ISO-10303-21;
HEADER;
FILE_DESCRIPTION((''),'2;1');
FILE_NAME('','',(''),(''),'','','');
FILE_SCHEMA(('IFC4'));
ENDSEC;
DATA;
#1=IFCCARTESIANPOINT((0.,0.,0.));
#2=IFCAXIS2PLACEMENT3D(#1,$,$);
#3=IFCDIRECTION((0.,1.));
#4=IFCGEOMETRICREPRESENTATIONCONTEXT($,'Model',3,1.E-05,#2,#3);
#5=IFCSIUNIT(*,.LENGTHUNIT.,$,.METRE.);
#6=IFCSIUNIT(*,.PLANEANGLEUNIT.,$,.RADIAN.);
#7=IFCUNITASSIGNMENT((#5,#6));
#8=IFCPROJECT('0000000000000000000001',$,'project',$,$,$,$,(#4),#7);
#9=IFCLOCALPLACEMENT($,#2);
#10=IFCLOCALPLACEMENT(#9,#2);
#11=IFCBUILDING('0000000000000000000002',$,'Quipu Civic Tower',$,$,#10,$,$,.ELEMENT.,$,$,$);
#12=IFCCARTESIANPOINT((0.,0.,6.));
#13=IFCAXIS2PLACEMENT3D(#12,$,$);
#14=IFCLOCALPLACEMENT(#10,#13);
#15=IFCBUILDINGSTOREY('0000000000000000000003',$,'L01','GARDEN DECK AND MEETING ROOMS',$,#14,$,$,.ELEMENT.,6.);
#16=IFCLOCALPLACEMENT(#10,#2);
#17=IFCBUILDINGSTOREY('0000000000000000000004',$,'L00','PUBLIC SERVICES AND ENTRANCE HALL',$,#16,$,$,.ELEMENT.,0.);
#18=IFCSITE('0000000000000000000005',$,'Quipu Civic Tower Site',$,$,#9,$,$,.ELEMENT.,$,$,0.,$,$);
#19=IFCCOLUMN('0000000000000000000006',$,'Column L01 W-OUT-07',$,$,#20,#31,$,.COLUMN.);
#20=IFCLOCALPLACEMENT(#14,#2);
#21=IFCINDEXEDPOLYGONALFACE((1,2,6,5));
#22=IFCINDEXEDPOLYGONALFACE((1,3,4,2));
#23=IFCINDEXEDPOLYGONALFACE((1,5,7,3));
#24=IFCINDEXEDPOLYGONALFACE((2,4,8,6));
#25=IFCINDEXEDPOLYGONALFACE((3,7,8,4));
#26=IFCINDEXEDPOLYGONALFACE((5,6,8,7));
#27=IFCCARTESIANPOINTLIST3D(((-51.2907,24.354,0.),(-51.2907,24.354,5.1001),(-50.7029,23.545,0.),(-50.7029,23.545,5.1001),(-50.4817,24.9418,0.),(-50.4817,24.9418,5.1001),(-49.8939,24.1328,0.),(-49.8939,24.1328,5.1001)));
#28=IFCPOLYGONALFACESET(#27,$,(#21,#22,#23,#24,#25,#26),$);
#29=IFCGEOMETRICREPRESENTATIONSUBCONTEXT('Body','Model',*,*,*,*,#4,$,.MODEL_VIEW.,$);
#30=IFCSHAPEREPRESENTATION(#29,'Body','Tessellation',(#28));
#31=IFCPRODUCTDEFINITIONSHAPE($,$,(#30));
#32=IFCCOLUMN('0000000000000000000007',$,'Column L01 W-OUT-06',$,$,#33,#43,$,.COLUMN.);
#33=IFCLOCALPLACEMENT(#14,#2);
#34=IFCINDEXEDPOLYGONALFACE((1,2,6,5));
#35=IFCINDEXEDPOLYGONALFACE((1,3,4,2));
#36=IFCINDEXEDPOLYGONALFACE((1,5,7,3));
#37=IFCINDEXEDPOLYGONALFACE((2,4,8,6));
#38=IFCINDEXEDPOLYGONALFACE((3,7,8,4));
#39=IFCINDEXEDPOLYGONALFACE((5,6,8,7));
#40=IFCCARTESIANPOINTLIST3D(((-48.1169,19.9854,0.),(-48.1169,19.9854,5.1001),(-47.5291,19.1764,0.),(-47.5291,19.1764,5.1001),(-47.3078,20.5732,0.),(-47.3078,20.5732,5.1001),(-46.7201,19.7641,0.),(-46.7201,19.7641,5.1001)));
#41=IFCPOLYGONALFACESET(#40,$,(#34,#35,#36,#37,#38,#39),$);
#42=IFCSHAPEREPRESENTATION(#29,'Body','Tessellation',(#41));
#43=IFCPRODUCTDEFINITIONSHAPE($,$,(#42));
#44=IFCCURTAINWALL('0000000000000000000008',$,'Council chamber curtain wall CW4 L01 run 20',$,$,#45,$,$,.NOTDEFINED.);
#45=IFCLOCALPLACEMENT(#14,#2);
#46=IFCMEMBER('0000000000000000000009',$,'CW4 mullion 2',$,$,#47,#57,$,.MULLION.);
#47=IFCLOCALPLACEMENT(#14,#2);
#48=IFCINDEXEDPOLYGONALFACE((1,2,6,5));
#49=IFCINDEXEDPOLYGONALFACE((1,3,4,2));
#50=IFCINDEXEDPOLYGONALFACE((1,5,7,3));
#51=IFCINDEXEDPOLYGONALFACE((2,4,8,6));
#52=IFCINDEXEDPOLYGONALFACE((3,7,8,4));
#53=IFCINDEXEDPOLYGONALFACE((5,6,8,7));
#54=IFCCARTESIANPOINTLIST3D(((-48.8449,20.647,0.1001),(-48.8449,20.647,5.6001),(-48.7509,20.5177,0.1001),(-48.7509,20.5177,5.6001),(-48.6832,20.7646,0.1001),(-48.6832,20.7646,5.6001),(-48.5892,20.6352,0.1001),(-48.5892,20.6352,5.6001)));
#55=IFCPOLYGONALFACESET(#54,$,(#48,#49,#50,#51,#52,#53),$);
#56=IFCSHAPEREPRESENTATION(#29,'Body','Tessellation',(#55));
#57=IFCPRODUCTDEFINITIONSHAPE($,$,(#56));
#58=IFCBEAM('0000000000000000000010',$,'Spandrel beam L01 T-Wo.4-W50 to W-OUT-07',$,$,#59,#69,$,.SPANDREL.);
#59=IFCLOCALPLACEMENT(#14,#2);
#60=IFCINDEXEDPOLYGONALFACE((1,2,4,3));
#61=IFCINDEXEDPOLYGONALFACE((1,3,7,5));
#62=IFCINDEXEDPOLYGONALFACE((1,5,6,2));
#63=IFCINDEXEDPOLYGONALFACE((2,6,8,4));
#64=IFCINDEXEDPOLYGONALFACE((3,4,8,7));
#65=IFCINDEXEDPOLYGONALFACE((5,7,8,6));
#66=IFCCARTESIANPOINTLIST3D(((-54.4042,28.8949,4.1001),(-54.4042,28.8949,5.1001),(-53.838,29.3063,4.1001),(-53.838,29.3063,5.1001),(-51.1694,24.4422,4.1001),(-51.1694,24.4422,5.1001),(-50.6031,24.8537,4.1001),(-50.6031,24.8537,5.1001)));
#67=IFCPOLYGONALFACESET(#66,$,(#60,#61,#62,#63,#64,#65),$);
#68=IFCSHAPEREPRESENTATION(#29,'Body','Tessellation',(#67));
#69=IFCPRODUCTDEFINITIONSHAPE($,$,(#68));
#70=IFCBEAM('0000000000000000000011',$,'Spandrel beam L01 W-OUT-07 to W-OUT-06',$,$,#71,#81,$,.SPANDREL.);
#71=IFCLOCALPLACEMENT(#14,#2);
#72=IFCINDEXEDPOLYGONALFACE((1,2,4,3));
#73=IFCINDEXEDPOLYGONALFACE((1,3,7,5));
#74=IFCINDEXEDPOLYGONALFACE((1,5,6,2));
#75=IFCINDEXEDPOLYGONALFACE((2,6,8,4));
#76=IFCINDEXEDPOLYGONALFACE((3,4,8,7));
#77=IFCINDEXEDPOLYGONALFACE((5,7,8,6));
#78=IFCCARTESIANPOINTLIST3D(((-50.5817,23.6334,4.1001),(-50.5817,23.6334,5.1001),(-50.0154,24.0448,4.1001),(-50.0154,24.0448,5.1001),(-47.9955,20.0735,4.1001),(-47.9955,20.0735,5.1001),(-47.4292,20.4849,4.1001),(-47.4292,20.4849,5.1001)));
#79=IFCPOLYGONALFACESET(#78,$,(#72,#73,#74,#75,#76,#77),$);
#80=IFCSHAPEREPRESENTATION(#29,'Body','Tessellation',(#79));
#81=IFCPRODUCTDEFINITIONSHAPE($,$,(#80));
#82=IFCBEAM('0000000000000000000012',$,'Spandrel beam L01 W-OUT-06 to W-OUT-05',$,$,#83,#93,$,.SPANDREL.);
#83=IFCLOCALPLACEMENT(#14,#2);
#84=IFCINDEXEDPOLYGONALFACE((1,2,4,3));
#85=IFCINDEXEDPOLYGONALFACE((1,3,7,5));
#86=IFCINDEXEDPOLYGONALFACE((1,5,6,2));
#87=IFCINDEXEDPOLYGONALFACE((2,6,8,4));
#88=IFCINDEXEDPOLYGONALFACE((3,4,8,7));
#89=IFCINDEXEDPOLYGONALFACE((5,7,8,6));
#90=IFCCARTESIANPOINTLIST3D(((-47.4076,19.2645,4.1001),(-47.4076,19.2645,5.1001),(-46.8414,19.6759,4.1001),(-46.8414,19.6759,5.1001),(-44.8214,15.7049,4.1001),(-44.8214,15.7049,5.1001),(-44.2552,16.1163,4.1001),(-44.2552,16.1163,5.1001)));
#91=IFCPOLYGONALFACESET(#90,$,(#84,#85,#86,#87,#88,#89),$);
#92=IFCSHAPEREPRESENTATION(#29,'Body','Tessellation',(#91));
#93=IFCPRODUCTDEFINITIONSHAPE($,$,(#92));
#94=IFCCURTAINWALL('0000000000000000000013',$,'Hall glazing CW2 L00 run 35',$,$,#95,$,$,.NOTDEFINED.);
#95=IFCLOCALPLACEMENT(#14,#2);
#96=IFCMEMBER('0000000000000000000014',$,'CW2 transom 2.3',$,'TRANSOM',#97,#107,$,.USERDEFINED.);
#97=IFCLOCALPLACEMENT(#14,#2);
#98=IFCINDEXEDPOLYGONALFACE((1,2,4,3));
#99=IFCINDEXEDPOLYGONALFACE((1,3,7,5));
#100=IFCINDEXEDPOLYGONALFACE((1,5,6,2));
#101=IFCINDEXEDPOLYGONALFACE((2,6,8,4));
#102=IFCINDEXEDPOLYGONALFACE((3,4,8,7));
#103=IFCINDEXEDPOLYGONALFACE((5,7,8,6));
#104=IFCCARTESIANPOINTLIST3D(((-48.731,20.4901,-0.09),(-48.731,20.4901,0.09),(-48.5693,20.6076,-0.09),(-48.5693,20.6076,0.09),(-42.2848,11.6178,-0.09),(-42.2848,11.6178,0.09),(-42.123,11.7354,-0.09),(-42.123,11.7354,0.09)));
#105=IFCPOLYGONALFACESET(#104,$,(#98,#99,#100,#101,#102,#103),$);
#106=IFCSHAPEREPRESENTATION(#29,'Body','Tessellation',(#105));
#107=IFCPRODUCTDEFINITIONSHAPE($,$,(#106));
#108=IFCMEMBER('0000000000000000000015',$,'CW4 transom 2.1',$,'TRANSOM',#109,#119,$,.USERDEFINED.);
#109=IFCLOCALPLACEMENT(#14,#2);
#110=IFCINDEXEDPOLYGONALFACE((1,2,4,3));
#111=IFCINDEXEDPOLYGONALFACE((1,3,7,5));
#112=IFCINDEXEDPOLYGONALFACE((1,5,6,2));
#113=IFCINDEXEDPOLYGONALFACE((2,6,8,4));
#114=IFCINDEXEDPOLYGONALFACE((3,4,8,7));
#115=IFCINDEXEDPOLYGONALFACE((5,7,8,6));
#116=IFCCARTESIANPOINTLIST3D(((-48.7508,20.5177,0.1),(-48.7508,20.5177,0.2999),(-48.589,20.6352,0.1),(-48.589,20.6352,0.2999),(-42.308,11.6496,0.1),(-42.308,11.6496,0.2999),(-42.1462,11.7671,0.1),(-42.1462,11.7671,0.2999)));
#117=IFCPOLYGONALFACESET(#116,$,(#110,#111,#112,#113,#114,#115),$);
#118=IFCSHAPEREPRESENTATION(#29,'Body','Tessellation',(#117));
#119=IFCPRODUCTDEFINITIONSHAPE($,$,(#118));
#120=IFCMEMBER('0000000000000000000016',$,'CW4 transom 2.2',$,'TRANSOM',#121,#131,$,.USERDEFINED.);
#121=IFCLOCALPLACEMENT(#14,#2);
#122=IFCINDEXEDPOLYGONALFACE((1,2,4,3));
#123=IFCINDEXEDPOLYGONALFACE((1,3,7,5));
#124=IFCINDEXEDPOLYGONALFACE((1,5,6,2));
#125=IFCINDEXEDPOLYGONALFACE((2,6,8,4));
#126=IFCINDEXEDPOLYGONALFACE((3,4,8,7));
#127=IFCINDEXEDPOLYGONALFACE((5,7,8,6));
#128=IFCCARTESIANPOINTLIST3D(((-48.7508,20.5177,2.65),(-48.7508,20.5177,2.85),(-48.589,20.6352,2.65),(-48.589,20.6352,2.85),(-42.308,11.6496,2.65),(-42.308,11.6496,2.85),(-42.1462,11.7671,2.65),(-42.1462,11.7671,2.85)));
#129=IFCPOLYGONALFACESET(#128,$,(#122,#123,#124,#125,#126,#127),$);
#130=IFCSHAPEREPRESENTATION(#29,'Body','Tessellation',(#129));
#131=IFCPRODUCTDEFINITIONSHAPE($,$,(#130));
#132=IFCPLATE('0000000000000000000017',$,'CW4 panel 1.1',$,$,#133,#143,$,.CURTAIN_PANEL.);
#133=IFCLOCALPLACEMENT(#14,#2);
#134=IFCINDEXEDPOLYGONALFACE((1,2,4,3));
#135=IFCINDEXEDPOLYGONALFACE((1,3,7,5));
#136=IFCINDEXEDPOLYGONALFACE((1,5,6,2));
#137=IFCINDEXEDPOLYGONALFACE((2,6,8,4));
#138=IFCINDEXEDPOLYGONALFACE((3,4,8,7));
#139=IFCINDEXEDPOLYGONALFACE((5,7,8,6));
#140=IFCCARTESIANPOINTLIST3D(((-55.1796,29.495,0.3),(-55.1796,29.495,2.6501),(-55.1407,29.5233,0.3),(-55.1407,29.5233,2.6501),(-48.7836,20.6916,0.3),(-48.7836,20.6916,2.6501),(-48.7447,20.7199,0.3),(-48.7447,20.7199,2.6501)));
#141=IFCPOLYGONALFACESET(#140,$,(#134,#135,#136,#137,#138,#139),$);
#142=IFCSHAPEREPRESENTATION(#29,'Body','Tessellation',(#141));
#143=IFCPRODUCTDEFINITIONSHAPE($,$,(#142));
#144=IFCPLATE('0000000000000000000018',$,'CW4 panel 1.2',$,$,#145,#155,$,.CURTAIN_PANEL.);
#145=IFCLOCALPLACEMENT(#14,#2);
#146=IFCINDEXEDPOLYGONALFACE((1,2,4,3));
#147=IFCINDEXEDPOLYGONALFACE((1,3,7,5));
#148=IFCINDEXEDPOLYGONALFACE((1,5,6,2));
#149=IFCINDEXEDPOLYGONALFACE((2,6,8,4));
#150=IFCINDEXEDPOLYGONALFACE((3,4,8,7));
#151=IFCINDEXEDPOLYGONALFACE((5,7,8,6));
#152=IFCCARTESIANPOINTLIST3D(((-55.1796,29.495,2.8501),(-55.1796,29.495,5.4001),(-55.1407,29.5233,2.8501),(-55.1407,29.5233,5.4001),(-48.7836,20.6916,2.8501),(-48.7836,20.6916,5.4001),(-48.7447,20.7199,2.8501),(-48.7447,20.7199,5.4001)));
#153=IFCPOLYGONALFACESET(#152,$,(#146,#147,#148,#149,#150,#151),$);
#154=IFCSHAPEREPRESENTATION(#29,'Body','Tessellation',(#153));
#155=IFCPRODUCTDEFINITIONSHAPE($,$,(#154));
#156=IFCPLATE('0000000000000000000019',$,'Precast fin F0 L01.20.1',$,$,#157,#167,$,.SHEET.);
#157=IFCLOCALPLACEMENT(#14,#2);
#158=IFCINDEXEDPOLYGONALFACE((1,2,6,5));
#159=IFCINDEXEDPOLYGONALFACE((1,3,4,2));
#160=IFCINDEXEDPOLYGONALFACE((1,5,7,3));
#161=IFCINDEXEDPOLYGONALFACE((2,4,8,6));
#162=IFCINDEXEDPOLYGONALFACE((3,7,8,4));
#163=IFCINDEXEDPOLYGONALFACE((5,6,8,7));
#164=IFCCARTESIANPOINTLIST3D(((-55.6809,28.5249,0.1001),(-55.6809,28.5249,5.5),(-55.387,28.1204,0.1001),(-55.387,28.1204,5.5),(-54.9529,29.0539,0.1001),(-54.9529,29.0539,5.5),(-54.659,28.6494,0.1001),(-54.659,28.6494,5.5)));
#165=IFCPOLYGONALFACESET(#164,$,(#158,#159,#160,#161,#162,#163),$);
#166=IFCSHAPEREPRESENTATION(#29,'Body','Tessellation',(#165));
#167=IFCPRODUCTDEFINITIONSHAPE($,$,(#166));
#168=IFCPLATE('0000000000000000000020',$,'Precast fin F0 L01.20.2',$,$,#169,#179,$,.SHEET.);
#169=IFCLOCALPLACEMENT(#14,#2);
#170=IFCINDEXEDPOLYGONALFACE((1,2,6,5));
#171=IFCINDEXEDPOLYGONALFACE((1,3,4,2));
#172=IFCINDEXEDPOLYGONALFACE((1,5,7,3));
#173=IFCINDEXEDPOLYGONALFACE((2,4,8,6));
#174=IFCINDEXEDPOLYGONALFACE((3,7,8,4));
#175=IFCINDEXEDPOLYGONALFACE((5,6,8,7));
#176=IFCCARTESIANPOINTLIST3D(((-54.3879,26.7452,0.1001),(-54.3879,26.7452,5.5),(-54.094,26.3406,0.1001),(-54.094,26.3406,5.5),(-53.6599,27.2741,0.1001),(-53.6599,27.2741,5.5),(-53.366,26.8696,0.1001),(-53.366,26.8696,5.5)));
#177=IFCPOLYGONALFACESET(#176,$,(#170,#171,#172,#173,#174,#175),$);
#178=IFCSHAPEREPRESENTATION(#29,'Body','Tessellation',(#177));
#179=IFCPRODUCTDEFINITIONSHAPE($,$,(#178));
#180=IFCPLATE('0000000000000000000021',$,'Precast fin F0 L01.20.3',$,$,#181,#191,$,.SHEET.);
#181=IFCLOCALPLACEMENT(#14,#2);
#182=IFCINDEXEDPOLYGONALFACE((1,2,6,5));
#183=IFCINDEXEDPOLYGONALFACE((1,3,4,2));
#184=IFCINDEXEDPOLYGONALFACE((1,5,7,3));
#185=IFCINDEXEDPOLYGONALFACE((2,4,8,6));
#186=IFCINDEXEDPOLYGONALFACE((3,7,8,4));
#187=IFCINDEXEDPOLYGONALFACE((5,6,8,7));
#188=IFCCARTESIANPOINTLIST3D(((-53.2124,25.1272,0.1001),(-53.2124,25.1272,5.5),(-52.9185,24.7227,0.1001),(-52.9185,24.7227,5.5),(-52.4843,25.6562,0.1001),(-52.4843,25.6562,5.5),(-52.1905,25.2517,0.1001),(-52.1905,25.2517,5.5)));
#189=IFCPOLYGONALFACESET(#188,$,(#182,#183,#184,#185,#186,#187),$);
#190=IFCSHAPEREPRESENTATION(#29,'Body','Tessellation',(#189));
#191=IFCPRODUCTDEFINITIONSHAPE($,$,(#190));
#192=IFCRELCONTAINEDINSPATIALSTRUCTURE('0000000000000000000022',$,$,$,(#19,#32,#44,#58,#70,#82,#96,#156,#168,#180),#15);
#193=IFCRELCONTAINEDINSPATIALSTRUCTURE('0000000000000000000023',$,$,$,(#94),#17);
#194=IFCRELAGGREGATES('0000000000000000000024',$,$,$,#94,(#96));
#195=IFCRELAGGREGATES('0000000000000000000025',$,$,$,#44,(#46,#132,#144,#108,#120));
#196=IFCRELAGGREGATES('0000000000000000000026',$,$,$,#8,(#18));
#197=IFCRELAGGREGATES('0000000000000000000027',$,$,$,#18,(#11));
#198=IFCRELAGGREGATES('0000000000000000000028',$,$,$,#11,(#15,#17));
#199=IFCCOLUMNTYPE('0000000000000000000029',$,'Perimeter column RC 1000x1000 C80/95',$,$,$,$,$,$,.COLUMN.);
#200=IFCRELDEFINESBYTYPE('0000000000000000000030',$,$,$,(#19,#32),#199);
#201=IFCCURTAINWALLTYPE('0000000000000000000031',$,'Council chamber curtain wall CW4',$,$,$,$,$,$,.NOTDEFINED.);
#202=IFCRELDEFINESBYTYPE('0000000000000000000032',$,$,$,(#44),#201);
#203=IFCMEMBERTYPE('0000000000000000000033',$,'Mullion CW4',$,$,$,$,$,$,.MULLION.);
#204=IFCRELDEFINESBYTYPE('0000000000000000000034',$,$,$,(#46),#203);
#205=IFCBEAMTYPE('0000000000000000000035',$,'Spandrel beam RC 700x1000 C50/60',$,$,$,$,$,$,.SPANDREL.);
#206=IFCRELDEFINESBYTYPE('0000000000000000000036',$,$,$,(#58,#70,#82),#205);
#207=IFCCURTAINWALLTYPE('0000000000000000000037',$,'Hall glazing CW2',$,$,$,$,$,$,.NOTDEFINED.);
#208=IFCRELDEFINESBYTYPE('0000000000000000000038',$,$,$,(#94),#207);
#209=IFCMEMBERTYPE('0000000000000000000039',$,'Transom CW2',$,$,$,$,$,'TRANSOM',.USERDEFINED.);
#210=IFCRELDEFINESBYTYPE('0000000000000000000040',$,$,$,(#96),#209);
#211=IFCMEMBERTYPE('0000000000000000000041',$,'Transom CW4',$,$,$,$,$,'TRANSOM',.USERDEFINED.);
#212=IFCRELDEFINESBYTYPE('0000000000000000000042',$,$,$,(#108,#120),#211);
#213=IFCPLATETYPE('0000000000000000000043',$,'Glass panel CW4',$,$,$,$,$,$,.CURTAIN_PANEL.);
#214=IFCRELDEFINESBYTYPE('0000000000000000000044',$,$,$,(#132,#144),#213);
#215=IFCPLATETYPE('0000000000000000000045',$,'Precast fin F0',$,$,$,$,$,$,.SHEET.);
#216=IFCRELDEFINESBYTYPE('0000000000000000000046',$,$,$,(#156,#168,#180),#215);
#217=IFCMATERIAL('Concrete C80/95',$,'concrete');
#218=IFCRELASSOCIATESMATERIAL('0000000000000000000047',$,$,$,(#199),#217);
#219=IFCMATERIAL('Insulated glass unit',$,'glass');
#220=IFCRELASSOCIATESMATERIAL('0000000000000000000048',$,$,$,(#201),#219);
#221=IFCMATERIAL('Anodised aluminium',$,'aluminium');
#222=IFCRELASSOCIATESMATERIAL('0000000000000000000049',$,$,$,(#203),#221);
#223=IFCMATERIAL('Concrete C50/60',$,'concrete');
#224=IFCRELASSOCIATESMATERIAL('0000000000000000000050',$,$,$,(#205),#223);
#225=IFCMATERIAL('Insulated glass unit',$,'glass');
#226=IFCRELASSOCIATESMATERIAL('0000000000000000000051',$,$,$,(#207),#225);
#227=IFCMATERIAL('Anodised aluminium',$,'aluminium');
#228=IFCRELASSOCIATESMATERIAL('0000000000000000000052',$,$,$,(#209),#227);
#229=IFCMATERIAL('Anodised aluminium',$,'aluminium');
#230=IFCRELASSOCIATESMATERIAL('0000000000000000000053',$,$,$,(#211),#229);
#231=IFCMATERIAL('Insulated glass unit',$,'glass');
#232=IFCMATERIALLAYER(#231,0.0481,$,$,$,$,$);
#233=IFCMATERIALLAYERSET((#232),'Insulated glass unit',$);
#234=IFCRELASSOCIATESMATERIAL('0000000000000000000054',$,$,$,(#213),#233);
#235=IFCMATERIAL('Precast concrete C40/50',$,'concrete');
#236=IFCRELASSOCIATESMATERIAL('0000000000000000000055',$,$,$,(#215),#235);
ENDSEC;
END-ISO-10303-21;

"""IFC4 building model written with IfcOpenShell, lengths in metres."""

from ifc_helpers import new_model, si_unit, direction, frame, origin, origin_2d, place, context, subcontext, project, spatial, rectangle, extrude, material, layer, layer_set, material_profile, profile_set, type_object, element, aggregate, save


model = new_model("IFC4")

# Units and contexts
model_context = context("Model", 3, precision=1e-05, world=origin(), true_north=direction((0.0, 1.0)))
body_context = subcontext(model_context, "Body", "Model", "MODEL_VIEW")
ifc_project = project(units=[si_unit("LENGTHUNIT", "METRE"), si_unit("PLANEANGLEUNIT", "RADIAN")], contexts=[model_context])

# Site, building, storey
site_placement = place(None, origin())
site = spatial("IfcSite", under=ifc_project, at=site_placement, Name="Quipu Civic Tower Site", CompositionType="ELEMENT", RefElevation=0.0)
building_placement = place(site_placement, origin())
building = spatial("IfcBuilding", under=site, at=building_placement, Name="Quipu Civic Tower", CompositionType="ELEMENT")
storey_1_placement = place(building_placement, frame((0.0, 0.0, 6.0)))
storey_1 = spatial("IfcBuildingStorey", under=building, at=storey_1_placement, Name="L01", Description="GARDEN DECK AND MEETING ROOMS", CompositionType="ELEMENT", Elevation=6.0)

# Columns
ifc_material_1 = material(Name="Concrete C80/95", Category="concrete")
ifc_material_profile_1 = material_profile(ifc_material_1, rectangle(XDim=1.0, YDim=1.0, at=origin_2d()), Name="RC1000x1000")
ifc_profile_set_1 = profile_set([ifc_material_profile_1], Name="Concrete C80/95")
column_type = type_object("IfcColumnType", Name="Perimeter column RC 1000x1000 C80/95", PredefinedType="COLUMN", material=ifc_profile_set_1)
for number, where, z_axis, x_axis, name in (
    (1, (-50.5923, 24.2434, 0.0), (0.0, 0.0, 1.0), (0.587785, -0.809017, 0.0), "Column L01 W-OUT-07"),
    (2, (-47.4185, 19.8748, 0.0), (0.0, 0.0, 1.0), (0.587785, -0.809017, 0.0), "Column L01 W-OUT-06"),
):
    element("IfcColumn", number, at=place(storey_1_placement, frame(where, z_axis=z_axis, x_axis=x_axis)), inside=storey_1, type_object=column_type, Name=name, PredefinedType="COLUMN", context=body_context, shape_type="SweptSolid", body=[
        extrude(rectangle(XDim=1.0, YDim=1.0, at=origin_2d()), origin(), (0.0, 0.0, 1.0), 5.1001),
    ])

# Curtain wall, member
ifc_material_2 = material(Name="Insulated glass unit", Category="glass")
curtain_wall_type_1 = type_object("IfcCurtainWallType", Name="Council chamber curtain wall CW4", PredefinedType="NOTDEFINED", material=ifc_material_2)
curtain_wall_1_placement = place(storey_1_placement, origin())
curtain_wall_1 = element("IfcCurtainWall", 3, at=curtain_wall_1_placement, inside=storey_1, type_object=curtain_wall_type_1, Name="Council chamber curtain wall CW4 L01 run 20", PredefinedType="NOTDEFINED")
ifc_material_3 = material(Name="Anodised aluminium", Category="aluminium")
ifc_material_profile_2 = material_profile(ifc_material_3, rectangle(XDim=0.2, YDim=0.1599, at=origin_2d()), Name="RECT 200x160")
ifc_profile_set_2 = profile_set([ifc_material_profile_2], Name="Anodised aluminium")
member_type_1 = type_object("IfcMemberType", Name="Mullion CW4", PredefinedType="MULLION", material=ifc_profile_set_2)
member_1_placement = place(storey_1_placement, frame((-48.717, 20.6411, 0.1001), z_axis=(0.0, 0.0, 1.0), x_axis=(0.809017, 0.587785, 0.0)))
member_1 = element("IfcMember", 4, at=member_1_placement, type_object=member_type_1, Name="CW4 mullion 2", PredefinedType="MULLION", context=body_context, shape_type="SweptSolid", body=[
    extrude(rectangle(XDim=0.2, YDim=0.1599, at=origin_2d()), origin(), (0.0, 0.0, 1.0), 5.5),
])

# Beams
ifc_material_4 = material(Name="Concrete C50/60", Category="concrete")
ifc_material_profile_3 = material_profile(ifc_material_4, rectangle(XDim=0.7, YDim=1.0, at=origin_2d()), Name="RC700x1000")
ifc_profile_set_3 = profile_set([ifc_material_profile_3], Name="Concrete C50/60")
beam_type = type_object("IfcBeamType", Name="Spandrel beam RC 700x1000 C50/60", PredefinedType="SPANDREL", material=ifc_profile_set_3)
beam_1_placement = place(storey_1_placement, frame((-54.1211, 29.1006, 4.6001), z_axis=(0.587765, -0.809031, 0.0), x_axis=(0.809031, 0.587765, 0.0)))
element("IfcBeam", 5, at=beam_1_placement, inside=storey_1, type_object=beam_type, Name="Spandrel beam L01 T-Wo.4-W50 to W-OUT-07", PredefinedType="SPANDREL", context=body_context, shape_type="SweptSolid", body=[
    extrude(rectangle(XDim=0.7, YDim=1.0, at=origin_2d()), origin(), (0.0, 0.0, 1.0), 5.5037),
])
beam_2_placement = place(storey_1_placement, frame((-50.2986, 23.8391, 4.6001), z_axis=(0.587759, -0.809036, 0.0), x_axis=(0.809036, 0.587759, 0.0)))
element("IfcBeam", 6, at=beam_2_placement, inside=storey_1, type_object=beam_type, Name="Spandrel beam L01 W-OUT-07 to W-OUT-06", PredefinedType="SPANDREL", context=body_context, shape_type="SweptSolid", body=[
    extrude(rectangle(XDim=0.7, YDim=1.0, at=origin_2d()), origin(), (0.0, 0.0, 1.0), 4.4001),
])
beam_3_placement = place(storey_1_placement, frame((-47.1245, 19.4702, 4.6001), z_axis=(0.587786, -0.809017, 0.0), x_axis=(0.809017, 0.587786, 0.0)))
element("IfcBeam", 7, at=beam_3_placement, inside=storey_1, type_object=beam_type, Name="Spandrel beam L01 W-OUT-06 to W-OUT-05", PredefinedType="SPANDREL", context=body_context, shape_type="SweptSolid", body=[
    extrude(rectangle(XDim=0.7, YDim=1.0, at=origin_2d()), origin(), (0.0, 0.0, 1.0), 4.3999),
])

# Shared definitions
storey_2_placement = place(building_placement, origin())
storey_2 = spatial("IfcBuildingStorey", under=building, at=storey_2_placement, Name="L00", Description="PUBLIC SERVICES AND ENTRANCE HALL", CompositionType="ELEMENT", Elevation=0.0)

# Curtain wall, member
ifc_material_5 = material(Name="Insulated glass unit", Category="glass")
curtain_wall_type_2 = type_object("IfcCurtainWallType", Name="Hall glazing CW2", PredefinedType="NOTDEFINED", material=ifc_material_5)
curtain_wall_2_placement = place(storey_2_placement, origin())
curtain_wall_2 = element("IfcCurtainWall", 8, at=curtain_wall_2_placement, inside=storey_2, type_object=curtain_wall_type_2, Name="Hall glazing CW2 L00 run 35", PredefinedType="NOTDEFINED")
ifc_material_6 = material(Name="Anodised aluminium", Category="aluminium")
ifc_material_profile_4 = material_profile(ifc_material_6, rectangle(XDim=0.2, YDim=0.1799, at=origin_2d()), Name="RECT 200x180")
ifc_profile_set_4 = profile_set([ifc_material_profile_4], Name="Anodised aluminium")
member_type_2 = type_object("IfcMemberType", Name="Transom CW2", ElementType="TRANSOM", PredefinedType="USERDEFINED", material=ifc_profile_set_4)
member_2_placement = place(storey_1_placement, frame((-48.6501, 20.5488, 0.0), z_axis=(0.587796, -0.809009, 0.0), x_axis=(0.809009, 0.587796, 0.0)))
member_2 = element("IfcMember", 9, at=member_2_placement, inside=storey_1, type_object=member_type_2, Name="CW2 transom 2.3", ObjectType="TRANSOM", PredefinedType="USERDEFINED", context=body_context, shape_type="SweptSolid", body=[
    extrude(rectangle(XDim=0.2, YDim=0.1799, at=origin_2d()), origin(), (0.0, 0.0, 1.0), 10.9668),
])
aggregate(curtain_wall_2, [member_2])

# Members
ifc_material_7 = material(Name="Anodised aluminium", Category="aluminium")
ifc_material_profile_5 = material_profile(ifc_material_7, rectangle(XDim=0.2, YDim=0.2, at=origin_2d()), Name="RECT 200x200")
ifc_profile_set_5 = profile_set([ifc_material_profile_5], Name="Anodised aluminium")
member_type_3 = type_object("IfcMemberType", Name="Transom CW4", ElementType="TRANSOM", PredefinedType="USERDEFINED", material=ifc_profile_set_5)
member_3_placement = place(storey_1_placement, frame((-48.6699, 20.5764, 0.2), z_axis=(0.587772, -0.809027, 0.0), x_axis=(0.809027, 0.587772, 0.0)))
member_3 = element("IfcMember", 10, at=member_3_placement, type_object=member_type_3, Name="CW4 transom 2.1", ObjectType="TRANSOM", PredefinedType="USERDEFINED", context=body_context, shape_type="SweptSolid", body=[
    extrude(rectangle(XDim=0.2, YDim=0.2, at=origin_2d()), origin(), (0.0, 0.0, 1.0), 10.9614),
])
member_4_placement = place(storey_1_placement, frame((-48.6699, 20.5764, 2.75), z_axis=(0.587772, -0.809027, 0.0), x_axis=(0.809027, 0.587772, 0.0)))
member_4 = element("IfcMember", 11, at=member_4_placement, type_object=member_type_3, Name="CW4 transom 2.2", ObjectType="TRANSOM", PredefinedType="USERDEFINED", context=body_context, shape_type="SweptSolid", body=[
    extrude(rectangle(XDim=0.2, YDim=0.2, at=origin_2d()), origin(), (0.0, 0.0, 1.0), 10.9614),
])

# Plates
ifc_material_8 = material(Name="Insulated glass unit", Category="glass")
ifc_layer_1 = layer(ifc_material_8, 0.0481)
ifc_layer_set_1 = layer_set([ifc_layer_1], Name="Insulated glass unit")
plate_type_1 = type_object("IfcPlateType", Name="Glass panel CW4", PredefinedType="CURTAIN_PANEL", material=ifc_layer_set_1)
plate_1_placement = place(storey_1_placement, frame((-51.9622, 25.1074, 0.3), z_axis=(0.0, 0.0, 1.0), x_axis=(0.587785, -0.809017, 0.0)))
plate_1 = element("IfcPlate", 12, at=plate_1_placement, type_object=plate_type_1, Name="CW4 panel 1.1", PredefinedType="CURTAIN_PANEL", context=body_context, shape_type="SweptSolid", body=[
    extrude(rectangle(XDim=10.8816, YDim=0.0481, at=origin_2d()), origin(), (0.0, 0.0, 1.0), 2.3501),
])
plate_2_placement = place(storey_1_placement, frame((-51.9622, 25.1074, 2.8501), z_axis=(0.0, 0.0, 1.0), x_axis=(0.587785, -0.809017, 0.0)))
plate_2 = element("IfcPlate", 13, at=plate_2_placement, type_object=plate_type_1, Name="CW4 panel 1.2", PredefinedType="CURTAIN_PANEL", context=body_context, shape_type="SweptSolid", body=[
    extrude(rectangle(XDim=10.8816, YDim=0.0481, at=origin_2d()), origin(), (0.0, 0.0, 1.0), 2.55),
])
aggregate(curtain_wall_1, [member_1, plate_1, plate_2, member_3, member_4])

# Plates
ifc_material_9 = material(Name="Precast concrete C40/50", Category="concrete")
plate_type_2 = type_object("IfcPlateType", Name="Precast fin F0", PredefinedType="SHEET", material=ifc_material_9)
for number, where, z_axis, x_axis, name in (
    (14, (-55.1699, 28.5872, 0.1001), (0.0, 0.0, 1.0), (0.587786, -0.809017, 0.0), "Precast fin F0 L01.20.1"),
    (15, (-53.877, 26.8074, 0.1001), (0.0, 0.0, 1.0), (0.587786, -0.809017, 0.0), "Precast fin F0 L01.20.2"),
    (16, (-52.7014, 25.1895, 0.1001), (0.0, 0.0, 1.0), (0.587786, -0.809017, 0.0), "Precast fin F0 L01.20.3"),
):
    element("IfcPlate", number, at=place(storey_1_placement, frame(where, z_axis=z_axis, x_axis=x_axis)), inside=storey_1, type_object=plate_type_2, Name=name, PredefinedType="SHEET", context=body_context, shape_type="SweptSolid", body=[
        extrude(rectangle(XDim=0.5, YDim=0.8999, at=origin_2d()), origin(), (0.0, 0.0, 1.0), 5.3999),
    ])

save(model, "model.ifc")
